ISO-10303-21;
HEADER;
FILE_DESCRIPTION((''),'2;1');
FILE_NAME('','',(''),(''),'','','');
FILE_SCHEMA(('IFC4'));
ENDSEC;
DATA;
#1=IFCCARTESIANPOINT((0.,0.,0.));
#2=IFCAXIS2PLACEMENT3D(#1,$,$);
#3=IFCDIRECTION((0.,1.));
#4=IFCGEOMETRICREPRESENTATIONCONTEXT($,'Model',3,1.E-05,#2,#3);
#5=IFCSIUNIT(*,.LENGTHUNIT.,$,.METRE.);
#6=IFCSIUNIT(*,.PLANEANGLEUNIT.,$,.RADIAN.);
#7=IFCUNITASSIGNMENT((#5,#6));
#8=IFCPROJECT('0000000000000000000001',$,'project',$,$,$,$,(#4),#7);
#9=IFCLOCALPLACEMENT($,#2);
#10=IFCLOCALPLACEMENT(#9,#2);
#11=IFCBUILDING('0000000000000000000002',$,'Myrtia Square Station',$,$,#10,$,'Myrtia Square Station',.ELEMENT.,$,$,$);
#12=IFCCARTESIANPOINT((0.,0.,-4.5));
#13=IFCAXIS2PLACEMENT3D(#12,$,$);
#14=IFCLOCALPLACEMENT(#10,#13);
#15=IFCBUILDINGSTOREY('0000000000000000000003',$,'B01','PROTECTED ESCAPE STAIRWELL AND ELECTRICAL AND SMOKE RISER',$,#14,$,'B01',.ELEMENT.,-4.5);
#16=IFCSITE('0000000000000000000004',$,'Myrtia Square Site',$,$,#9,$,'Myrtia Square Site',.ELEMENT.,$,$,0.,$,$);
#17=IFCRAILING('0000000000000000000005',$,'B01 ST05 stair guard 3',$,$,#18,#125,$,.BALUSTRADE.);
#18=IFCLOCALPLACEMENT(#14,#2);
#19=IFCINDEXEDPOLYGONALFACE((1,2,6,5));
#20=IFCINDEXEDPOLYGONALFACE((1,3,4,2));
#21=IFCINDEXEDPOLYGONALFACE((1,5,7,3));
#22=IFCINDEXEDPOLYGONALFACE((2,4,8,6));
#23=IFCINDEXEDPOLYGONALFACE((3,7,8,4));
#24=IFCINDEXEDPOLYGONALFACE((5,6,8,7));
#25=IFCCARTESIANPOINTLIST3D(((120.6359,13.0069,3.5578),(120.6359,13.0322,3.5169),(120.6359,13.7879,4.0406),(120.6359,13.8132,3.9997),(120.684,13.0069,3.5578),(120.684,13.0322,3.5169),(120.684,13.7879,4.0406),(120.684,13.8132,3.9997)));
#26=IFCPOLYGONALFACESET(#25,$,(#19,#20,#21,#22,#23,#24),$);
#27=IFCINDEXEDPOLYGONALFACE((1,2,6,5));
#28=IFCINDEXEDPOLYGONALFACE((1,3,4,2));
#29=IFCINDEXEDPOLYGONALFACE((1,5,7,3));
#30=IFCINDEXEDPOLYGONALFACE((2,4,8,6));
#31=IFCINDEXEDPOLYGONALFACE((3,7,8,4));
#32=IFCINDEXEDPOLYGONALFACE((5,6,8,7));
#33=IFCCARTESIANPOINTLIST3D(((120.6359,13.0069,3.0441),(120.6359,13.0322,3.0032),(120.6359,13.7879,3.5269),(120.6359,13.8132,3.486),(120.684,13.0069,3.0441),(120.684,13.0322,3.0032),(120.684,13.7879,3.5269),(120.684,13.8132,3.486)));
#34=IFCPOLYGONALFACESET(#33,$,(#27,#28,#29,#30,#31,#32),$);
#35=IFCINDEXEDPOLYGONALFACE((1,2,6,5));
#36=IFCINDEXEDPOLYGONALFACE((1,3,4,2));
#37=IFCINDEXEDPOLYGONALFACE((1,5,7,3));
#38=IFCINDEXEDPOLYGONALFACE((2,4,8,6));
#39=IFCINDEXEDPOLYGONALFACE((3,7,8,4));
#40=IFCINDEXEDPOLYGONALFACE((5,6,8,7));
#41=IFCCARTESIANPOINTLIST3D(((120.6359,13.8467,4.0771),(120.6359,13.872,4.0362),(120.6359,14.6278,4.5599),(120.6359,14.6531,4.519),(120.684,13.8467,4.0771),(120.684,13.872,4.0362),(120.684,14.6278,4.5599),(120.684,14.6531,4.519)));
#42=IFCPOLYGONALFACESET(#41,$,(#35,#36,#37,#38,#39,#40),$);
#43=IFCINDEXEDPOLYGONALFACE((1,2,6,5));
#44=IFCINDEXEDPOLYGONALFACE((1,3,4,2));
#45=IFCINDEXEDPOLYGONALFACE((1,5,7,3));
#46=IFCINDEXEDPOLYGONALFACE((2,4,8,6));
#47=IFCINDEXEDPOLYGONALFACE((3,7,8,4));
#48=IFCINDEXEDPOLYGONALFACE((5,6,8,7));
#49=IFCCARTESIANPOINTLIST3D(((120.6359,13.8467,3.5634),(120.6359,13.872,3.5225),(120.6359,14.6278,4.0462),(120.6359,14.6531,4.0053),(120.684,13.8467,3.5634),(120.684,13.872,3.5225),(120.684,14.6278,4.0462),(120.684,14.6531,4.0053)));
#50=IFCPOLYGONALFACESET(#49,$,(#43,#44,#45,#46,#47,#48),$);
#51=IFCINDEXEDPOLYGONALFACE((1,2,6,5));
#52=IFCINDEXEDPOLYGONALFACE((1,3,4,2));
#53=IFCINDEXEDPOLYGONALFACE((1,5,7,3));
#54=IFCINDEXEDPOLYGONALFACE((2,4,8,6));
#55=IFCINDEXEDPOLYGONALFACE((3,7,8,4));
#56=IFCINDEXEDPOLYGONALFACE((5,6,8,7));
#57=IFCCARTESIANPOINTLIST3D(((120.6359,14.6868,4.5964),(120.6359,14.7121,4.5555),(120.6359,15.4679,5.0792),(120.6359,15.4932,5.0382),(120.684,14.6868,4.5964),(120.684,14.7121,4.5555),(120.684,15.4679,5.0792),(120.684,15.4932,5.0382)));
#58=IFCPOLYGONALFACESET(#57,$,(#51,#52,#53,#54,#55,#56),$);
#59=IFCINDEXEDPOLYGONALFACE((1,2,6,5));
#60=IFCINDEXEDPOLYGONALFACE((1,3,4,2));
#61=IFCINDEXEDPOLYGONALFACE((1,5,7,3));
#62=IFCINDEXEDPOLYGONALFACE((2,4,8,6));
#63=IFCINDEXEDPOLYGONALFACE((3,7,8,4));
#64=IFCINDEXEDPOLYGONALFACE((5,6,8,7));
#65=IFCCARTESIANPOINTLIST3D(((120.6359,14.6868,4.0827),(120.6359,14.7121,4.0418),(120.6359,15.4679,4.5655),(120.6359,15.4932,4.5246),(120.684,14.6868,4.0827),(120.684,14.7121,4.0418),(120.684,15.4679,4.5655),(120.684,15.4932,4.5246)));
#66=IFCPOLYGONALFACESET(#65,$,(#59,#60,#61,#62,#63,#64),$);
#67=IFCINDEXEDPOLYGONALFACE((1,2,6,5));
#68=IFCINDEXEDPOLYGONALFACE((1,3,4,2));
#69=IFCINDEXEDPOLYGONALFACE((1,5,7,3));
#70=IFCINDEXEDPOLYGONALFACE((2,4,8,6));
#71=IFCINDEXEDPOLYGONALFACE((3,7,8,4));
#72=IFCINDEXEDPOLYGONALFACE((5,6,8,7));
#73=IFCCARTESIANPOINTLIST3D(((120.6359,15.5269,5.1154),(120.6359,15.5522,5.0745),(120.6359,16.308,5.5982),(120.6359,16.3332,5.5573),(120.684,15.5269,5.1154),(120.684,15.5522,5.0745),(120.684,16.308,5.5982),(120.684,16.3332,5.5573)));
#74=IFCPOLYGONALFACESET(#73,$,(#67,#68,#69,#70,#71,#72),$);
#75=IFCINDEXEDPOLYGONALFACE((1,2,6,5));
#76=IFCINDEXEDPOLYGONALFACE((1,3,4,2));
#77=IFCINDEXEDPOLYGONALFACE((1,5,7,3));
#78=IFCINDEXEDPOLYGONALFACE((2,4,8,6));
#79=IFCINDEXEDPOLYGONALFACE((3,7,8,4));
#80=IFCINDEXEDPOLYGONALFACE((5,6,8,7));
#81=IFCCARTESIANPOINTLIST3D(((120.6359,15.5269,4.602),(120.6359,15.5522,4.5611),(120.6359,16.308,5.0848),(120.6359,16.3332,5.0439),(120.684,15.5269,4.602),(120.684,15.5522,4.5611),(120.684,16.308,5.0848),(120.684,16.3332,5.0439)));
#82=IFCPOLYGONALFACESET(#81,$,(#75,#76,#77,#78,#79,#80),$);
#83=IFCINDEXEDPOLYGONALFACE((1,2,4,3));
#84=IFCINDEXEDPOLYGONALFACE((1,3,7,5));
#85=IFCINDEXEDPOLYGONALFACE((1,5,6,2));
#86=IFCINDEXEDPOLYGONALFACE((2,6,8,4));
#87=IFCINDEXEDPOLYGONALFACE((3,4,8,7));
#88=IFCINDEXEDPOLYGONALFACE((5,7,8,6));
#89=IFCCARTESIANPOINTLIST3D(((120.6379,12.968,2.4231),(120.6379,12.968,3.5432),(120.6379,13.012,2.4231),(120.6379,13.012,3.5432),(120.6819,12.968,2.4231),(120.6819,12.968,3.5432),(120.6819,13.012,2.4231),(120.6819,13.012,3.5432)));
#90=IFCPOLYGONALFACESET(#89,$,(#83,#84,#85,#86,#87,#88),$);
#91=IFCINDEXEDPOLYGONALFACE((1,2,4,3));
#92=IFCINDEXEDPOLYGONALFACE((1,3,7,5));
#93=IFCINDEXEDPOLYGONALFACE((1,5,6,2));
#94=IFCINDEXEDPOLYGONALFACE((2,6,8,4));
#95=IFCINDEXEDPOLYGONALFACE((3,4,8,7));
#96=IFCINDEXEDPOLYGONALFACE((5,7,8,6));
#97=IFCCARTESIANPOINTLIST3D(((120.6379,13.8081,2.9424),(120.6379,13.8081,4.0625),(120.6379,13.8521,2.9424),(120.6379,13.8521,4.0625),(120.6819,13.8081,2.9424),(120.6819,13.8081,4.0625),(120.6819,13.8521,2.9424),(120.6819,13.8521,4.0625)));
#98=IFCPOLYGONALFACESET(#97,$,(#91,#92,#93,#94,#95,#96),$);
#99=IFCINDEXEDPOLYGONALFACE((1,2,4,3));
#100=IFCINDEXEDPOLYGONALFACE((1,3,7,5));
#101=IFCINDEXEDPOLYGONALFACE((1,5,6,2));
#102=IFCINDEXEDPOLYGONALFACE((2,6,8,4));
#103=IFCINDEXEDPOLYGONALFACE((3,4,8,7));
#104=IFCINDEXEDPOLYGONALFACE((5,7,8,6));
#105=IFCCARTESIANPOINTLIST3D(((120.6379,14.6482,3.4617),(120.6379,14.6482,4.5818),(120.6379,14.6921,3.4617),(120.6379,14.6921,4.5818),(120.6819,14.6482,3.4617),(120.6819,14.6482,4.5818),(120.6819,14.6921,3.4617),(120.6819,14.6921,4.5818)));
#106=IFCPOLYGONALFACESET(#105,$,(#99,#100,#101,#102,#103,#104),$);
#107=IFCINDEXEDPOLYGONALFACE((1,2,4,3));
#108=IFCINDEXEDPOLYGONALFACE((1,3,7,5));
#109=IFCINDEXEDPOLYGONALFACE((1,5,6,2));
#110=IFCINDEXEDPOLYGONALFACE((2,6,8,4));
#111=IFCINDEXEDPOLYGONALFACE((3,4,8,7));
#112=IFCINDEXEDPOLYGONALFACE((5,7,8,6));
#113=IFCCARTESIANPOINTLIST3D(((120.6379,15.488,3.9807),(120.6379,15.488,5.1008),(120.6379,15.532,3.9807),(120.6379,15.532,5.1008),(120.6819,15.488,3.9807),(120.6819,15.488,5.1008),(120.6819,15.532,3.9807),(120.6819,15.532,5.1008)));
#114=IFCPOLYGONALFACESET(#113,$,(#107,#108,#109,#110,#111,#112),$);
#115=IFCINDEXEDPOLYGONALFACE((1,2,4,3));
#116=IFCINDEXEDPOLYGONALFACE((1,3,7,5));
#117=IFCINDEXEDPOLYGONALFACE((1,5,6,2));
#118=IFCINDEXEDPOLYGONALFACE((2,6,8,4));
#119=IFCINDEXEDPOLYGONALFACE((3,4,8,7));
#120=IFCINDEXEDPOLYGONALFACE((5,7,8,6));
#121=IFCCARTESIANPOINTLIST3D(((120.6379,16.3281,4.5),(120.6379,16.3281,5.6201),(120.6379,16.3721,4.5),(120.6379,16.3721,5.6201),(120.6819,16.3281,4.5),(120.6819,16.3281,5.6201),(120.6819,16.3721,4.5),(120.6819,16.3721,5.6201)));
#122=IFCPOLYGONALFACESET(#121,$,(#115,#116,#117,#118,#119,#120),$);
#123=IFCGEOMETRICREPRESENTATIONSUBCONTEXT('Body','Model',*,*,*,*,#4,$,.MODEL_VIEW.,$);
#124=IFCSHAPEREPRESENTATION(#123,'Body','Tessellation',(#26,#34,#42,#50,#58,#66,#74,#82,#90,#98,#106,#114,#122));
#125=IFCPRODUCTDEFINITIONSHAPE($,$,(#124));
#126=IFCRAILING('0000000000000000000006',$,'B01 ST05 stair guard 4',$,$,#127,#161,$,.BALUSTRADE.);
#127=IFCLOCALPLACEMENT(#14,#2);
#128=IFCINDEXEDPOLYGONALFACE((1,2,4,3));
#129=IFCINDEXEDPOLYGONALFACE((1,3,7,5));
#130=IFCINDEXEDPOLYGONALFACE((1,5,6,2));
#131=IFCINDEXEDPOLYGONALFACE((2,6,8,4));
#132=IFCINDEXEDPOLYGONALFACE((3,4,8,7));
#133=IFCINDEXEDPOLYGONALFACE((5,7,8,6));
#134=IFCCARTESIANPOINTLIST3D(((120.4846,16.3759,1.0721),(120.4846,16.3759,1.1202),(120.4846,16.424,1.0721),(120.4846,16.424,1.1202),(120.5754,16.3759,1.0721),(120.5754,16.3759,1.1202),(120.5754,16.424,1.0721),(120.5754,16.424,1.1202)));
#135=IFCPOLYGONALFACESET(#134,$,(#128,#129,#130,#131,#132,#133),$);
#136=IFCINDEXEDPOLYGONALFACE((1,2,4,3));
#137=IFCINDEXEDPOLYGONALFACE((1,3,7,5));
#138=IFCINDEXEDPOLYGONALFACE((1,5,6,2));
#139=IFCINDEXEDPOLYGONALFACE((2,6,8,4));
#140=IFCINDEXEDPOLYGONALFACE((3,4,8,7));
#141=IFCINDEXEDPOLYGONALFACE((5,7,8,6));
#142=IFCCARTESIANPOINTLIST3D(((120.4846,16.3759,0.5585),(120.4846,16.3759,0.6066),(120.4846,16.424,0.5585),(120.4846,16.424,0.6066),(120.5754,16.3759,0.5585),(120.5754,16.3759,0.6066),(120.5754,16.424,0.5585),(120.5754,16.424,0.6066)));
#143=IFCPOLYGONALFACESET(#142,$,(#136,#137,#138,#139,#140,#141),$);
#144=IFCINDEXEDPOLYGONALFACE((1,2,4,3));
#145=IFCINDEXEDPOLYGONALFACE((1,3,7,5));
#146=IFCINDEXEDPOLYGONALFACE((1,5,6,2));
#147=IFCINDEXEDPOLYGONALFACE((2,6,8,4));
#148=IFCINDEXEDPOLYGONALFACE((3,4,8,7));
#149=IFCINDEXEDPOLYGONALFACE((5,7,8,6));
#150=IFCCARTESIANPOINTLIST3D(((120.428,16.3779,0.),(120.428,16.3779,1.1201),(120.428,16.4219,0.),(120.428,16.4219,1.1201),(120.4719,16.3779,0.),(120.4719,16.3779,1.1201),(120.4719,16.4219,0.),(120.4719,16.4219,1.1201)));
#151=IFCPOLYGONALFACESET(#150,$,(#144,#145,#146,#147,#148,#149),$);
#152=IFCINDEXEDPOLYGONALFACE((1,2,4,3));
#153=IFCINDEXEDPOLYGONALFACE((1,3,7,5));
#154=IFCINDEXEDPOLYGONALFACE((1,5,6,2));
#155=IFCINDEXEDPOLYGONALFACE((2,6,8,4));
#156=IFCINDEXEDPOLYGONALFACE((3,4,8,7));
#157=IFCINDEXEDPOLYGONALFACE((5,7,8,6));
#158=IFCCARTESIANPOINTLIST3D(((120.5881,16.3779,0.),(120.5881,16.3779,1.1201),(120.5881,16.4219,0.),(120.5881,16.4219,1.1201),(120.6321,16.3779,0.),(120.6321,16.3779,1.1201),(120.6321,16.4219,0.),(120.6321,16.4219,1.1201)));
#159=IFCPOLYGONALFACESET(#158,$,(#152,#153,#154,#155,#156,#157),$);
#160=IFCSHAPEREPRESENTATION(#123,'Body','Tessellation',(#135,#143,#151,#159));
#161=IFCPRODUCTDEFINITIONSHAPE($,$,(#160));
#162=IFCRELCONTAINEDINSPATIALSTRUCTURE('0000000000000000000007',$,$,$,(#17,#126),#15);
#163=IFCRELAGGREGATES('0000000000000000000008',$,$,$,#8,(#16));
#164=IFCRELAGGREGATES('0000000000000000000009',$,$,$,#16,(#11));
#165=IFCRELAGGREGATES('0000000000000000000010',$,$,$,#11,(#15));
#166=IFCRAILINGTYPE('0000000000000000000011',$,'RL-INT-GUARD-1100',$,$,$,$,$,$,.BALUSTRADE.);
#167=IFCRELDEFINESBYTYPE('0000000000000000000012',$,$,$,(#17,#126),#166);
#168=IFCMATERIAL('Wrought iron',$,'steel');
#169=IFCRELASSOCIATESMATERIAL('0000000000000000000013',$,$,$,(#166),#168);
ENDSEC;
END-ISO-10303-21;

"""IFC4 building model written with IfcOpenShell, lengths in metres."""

from ifc_helpers import new_model, si_unit, direction, frame, origin, origin_2d, place, context, subcontext, project, spatial, rectangle, extrude, material, type_object, element, save


model = new_model("IFC4")

# Units and contexts
model_context = context("Model", 3, precision=1e-05, world=origin(), true_north=direction((0.0, 1.0)))
body_context = subcontext(model_context, "Body", "Model", "MODEL_VIEW")
ifc_project = project(units=[si_unit("LENGTHUNIT", "METRE"), si_unit("PLANEANGLEUNIT", "RADIAN")], contexts=[model_context])

# Site, building, storey
site_placement = place(None, origin())
site = spatial("IfcSite", under=ifc_project, at=site_placement, Name="Myrtia Square Site", LongName="Myrtia Square Site", CompositionType="ELEMENT", RefElevation=0.0)
building_placement = place(site_placement, origin())
building = spatial("IfcBuilding", under=site, at=building_placement, Name="Myrtia Square Station", LongName="Myrtia Square Station", CompositionType="ELEMENT")
storey_placement = place(building_placement, frame((0.0, 0.0, -4.5)))
storey = spatial("IfcBuildingStorey", under=building, at=storey_placement, Name="B01", Description="PROTECTED ESCAPE STAIRWELL AND ELECTRICAL AND SMOKE RISER", LongName="B01", CompositionType="ELEMENT", Elevation=-4.5)

# Railings
ifc_material_1 = material(Name="Wrought iron", Category="steel")
railing_type_1 = type_object("IfcRailingType", Name="RL-INT-GUARD-1100", PredefinedType="BALUSTRADE", material=ifc_material_1)
railing_1_placement = place(storey_placement, frame((120.6599, 12.99, 2.4231)))
element("IfcRailing", 1, at=railing_1_placement, inside=storey, type_object=railing_type_1, Name="B01 ST05 stair guard 3", PredefinedType="BALUSTRADE", context=body_context, shape_type="SweptSolid", body=[
    extrude(rectangle(XDim=0.0481, YDim=0.0481, at=origin_2d()), frame((0.0, 0.0295, 1.1143), z_axis=(0.0, 0.850623, 0.525776), x_axis=(-1.0, 0.0, 0.0)), (0.0, 0.0, 1.0), 0.9182),
    extrude(rectangle(XDim=0.0481, YDim=0.0481, at=origin_2d()), frame((0.0, 0.0295, 0.6006), z_axis=(0.0, 0.850623, 0.525776), x_axis=(-1.0, 0.0, 0.0)), (0.0, 0.0, 1.0), 0.9182),
    extrude(rectangle(XDim=0.0481, YDim=0.0481, at=origin_2d()), frame((0.0, 0.8694, 1.6335), z_axis=(0.0, 0.850623, 0.525776), x_axis=(-1.0, 0.0, 0.0)), (0.0, 0.0, 1.0), 0.9182),
    extrude(rectangle(XDim=0.0481, YDim=0.0481, at=origin_2d()), frame((0.0, 0.8694, 1.1199), z_axis=(0.0, 0.850623, 0.525776), x_axis=(-1.0, 0.0, 0.0)), (0.0, 0.0, 1.0), 0.9182),
    extrude(rectangle(XDim=0.0481, YDim=0.0481, at=origin_2d()), frame((0.0, 1.7095, 2.1528), z_axis=(0.0, 0.850623, 0.525776), x_axis=(-1.0, 0.0, 0.0)), (0.0, 0.0, 1.0), 0.9182),
    extrude(rectangle(XDim=0.0481, YDim=0.0481, at=origin_2d()), frame((0.0, 1.7095, 1.6392), z_axis=(0.0, 0.850623, 0.525776), x_axis=(-1.0, 0.0, 0.0)), (0.0, 0.0, 1.0), 0.9182),
    extrude(rectangle(XDim=0.0481, YDim=0.0481, at=origin_2d()), frame((0.0, 2.5496, 2.6719), z_axis=(0.0, 0.850623, 0.525776), x_axis=(-1.0, 0.0, 0.0)), (0.0, 0.0, 1.0), 0.9182),
    extrude(rectangle(XDim=0.0481, YDim=0.0481, at=origin_2d()), frame((0.0, 2.5496, 2.1584), z_axis=(0.0, 0.850623, 0.525776), x_axis=(-1.0, 0.0, 0.0)), (0.0, 0.0, 1.0), 0.9182),
    extrude(rectangle(XDim=0.0439, YDim=0.0439, at=origin_2d()), origin(), (0.0, 0.0, 1.0), 1.1201),
    extrude(rectangle(XDim=0.0439, YDim=0.0439, at=origin_2d()), frame((0.0, 0.8401, 0.5193)), (0.0, 0.0, 1.0), 1.1201),
    extrude(rectangle(XDim=0.0439, YDim=0.0439, at=origin_2d()), frame((0.0, 1.6802, 1.0386)), (0.0, 0.0, 1.0), 1.1201),
    extrude(rectangle(XDim=0.0439, YDim=0.0439, at=origin_2d()), frame((0.0, 2.52, 1.5576)), (0.0, 0.0, 1.0), 1.1201),
    extrude(rectangle(XDim=0.0439, YDim=0.0439, at=origin_2d()), frame((0.0, 3.3601, 2.0769)), (0.0, 0.0, 1.0), 1.1201),
])
railing_2_placement = place(storey_placement, frame((120.45, 16.3999, 0.0)))
element("IfcRailing", 2, at=railing_2_placement, inside=storey, type_object=railing_type_1, Name="B01 ST05 stair guard 4", PredefinedType="BALUSTRADE", context=body_context, shape_type="SweptSolid", body=[
    extrude(rectangle(XDim=0.0481, YDim=0.0481, at=origin_2d()), frame((0.0347, 0.0, 1.0962), z_axis=(1.0, 0.0, 0.0), x_axis=(0.0, 1.0, 0.0)), (0.0, 0.0, 1.0), 0.0908),
    extrude(rectangle(XDim=0.0481, YDim=0.0481, at=origin_2d()), frame((0.0347, 0.0, 0.5825), z_axis=(1.0, 0.0, 0.0), x_axis=(0.0, 1.0, 0.0)), (0.0, 0.0, 1.0), 0.0908),
    extrude(rectangle(XDim=0.0439, YDim=0.0439, at=origin_2d()), origin(), (0.0, 0.0, 1.0), 1.1201),
    extrude(rectangle(XDim=0.0439, YDim=0.0439, at=origin_2d()), frame((0.1602, 0.0, 0.0)), (0.0, 0.0, 1.0), 1.1201),
])

save(model, "model.ifc")
